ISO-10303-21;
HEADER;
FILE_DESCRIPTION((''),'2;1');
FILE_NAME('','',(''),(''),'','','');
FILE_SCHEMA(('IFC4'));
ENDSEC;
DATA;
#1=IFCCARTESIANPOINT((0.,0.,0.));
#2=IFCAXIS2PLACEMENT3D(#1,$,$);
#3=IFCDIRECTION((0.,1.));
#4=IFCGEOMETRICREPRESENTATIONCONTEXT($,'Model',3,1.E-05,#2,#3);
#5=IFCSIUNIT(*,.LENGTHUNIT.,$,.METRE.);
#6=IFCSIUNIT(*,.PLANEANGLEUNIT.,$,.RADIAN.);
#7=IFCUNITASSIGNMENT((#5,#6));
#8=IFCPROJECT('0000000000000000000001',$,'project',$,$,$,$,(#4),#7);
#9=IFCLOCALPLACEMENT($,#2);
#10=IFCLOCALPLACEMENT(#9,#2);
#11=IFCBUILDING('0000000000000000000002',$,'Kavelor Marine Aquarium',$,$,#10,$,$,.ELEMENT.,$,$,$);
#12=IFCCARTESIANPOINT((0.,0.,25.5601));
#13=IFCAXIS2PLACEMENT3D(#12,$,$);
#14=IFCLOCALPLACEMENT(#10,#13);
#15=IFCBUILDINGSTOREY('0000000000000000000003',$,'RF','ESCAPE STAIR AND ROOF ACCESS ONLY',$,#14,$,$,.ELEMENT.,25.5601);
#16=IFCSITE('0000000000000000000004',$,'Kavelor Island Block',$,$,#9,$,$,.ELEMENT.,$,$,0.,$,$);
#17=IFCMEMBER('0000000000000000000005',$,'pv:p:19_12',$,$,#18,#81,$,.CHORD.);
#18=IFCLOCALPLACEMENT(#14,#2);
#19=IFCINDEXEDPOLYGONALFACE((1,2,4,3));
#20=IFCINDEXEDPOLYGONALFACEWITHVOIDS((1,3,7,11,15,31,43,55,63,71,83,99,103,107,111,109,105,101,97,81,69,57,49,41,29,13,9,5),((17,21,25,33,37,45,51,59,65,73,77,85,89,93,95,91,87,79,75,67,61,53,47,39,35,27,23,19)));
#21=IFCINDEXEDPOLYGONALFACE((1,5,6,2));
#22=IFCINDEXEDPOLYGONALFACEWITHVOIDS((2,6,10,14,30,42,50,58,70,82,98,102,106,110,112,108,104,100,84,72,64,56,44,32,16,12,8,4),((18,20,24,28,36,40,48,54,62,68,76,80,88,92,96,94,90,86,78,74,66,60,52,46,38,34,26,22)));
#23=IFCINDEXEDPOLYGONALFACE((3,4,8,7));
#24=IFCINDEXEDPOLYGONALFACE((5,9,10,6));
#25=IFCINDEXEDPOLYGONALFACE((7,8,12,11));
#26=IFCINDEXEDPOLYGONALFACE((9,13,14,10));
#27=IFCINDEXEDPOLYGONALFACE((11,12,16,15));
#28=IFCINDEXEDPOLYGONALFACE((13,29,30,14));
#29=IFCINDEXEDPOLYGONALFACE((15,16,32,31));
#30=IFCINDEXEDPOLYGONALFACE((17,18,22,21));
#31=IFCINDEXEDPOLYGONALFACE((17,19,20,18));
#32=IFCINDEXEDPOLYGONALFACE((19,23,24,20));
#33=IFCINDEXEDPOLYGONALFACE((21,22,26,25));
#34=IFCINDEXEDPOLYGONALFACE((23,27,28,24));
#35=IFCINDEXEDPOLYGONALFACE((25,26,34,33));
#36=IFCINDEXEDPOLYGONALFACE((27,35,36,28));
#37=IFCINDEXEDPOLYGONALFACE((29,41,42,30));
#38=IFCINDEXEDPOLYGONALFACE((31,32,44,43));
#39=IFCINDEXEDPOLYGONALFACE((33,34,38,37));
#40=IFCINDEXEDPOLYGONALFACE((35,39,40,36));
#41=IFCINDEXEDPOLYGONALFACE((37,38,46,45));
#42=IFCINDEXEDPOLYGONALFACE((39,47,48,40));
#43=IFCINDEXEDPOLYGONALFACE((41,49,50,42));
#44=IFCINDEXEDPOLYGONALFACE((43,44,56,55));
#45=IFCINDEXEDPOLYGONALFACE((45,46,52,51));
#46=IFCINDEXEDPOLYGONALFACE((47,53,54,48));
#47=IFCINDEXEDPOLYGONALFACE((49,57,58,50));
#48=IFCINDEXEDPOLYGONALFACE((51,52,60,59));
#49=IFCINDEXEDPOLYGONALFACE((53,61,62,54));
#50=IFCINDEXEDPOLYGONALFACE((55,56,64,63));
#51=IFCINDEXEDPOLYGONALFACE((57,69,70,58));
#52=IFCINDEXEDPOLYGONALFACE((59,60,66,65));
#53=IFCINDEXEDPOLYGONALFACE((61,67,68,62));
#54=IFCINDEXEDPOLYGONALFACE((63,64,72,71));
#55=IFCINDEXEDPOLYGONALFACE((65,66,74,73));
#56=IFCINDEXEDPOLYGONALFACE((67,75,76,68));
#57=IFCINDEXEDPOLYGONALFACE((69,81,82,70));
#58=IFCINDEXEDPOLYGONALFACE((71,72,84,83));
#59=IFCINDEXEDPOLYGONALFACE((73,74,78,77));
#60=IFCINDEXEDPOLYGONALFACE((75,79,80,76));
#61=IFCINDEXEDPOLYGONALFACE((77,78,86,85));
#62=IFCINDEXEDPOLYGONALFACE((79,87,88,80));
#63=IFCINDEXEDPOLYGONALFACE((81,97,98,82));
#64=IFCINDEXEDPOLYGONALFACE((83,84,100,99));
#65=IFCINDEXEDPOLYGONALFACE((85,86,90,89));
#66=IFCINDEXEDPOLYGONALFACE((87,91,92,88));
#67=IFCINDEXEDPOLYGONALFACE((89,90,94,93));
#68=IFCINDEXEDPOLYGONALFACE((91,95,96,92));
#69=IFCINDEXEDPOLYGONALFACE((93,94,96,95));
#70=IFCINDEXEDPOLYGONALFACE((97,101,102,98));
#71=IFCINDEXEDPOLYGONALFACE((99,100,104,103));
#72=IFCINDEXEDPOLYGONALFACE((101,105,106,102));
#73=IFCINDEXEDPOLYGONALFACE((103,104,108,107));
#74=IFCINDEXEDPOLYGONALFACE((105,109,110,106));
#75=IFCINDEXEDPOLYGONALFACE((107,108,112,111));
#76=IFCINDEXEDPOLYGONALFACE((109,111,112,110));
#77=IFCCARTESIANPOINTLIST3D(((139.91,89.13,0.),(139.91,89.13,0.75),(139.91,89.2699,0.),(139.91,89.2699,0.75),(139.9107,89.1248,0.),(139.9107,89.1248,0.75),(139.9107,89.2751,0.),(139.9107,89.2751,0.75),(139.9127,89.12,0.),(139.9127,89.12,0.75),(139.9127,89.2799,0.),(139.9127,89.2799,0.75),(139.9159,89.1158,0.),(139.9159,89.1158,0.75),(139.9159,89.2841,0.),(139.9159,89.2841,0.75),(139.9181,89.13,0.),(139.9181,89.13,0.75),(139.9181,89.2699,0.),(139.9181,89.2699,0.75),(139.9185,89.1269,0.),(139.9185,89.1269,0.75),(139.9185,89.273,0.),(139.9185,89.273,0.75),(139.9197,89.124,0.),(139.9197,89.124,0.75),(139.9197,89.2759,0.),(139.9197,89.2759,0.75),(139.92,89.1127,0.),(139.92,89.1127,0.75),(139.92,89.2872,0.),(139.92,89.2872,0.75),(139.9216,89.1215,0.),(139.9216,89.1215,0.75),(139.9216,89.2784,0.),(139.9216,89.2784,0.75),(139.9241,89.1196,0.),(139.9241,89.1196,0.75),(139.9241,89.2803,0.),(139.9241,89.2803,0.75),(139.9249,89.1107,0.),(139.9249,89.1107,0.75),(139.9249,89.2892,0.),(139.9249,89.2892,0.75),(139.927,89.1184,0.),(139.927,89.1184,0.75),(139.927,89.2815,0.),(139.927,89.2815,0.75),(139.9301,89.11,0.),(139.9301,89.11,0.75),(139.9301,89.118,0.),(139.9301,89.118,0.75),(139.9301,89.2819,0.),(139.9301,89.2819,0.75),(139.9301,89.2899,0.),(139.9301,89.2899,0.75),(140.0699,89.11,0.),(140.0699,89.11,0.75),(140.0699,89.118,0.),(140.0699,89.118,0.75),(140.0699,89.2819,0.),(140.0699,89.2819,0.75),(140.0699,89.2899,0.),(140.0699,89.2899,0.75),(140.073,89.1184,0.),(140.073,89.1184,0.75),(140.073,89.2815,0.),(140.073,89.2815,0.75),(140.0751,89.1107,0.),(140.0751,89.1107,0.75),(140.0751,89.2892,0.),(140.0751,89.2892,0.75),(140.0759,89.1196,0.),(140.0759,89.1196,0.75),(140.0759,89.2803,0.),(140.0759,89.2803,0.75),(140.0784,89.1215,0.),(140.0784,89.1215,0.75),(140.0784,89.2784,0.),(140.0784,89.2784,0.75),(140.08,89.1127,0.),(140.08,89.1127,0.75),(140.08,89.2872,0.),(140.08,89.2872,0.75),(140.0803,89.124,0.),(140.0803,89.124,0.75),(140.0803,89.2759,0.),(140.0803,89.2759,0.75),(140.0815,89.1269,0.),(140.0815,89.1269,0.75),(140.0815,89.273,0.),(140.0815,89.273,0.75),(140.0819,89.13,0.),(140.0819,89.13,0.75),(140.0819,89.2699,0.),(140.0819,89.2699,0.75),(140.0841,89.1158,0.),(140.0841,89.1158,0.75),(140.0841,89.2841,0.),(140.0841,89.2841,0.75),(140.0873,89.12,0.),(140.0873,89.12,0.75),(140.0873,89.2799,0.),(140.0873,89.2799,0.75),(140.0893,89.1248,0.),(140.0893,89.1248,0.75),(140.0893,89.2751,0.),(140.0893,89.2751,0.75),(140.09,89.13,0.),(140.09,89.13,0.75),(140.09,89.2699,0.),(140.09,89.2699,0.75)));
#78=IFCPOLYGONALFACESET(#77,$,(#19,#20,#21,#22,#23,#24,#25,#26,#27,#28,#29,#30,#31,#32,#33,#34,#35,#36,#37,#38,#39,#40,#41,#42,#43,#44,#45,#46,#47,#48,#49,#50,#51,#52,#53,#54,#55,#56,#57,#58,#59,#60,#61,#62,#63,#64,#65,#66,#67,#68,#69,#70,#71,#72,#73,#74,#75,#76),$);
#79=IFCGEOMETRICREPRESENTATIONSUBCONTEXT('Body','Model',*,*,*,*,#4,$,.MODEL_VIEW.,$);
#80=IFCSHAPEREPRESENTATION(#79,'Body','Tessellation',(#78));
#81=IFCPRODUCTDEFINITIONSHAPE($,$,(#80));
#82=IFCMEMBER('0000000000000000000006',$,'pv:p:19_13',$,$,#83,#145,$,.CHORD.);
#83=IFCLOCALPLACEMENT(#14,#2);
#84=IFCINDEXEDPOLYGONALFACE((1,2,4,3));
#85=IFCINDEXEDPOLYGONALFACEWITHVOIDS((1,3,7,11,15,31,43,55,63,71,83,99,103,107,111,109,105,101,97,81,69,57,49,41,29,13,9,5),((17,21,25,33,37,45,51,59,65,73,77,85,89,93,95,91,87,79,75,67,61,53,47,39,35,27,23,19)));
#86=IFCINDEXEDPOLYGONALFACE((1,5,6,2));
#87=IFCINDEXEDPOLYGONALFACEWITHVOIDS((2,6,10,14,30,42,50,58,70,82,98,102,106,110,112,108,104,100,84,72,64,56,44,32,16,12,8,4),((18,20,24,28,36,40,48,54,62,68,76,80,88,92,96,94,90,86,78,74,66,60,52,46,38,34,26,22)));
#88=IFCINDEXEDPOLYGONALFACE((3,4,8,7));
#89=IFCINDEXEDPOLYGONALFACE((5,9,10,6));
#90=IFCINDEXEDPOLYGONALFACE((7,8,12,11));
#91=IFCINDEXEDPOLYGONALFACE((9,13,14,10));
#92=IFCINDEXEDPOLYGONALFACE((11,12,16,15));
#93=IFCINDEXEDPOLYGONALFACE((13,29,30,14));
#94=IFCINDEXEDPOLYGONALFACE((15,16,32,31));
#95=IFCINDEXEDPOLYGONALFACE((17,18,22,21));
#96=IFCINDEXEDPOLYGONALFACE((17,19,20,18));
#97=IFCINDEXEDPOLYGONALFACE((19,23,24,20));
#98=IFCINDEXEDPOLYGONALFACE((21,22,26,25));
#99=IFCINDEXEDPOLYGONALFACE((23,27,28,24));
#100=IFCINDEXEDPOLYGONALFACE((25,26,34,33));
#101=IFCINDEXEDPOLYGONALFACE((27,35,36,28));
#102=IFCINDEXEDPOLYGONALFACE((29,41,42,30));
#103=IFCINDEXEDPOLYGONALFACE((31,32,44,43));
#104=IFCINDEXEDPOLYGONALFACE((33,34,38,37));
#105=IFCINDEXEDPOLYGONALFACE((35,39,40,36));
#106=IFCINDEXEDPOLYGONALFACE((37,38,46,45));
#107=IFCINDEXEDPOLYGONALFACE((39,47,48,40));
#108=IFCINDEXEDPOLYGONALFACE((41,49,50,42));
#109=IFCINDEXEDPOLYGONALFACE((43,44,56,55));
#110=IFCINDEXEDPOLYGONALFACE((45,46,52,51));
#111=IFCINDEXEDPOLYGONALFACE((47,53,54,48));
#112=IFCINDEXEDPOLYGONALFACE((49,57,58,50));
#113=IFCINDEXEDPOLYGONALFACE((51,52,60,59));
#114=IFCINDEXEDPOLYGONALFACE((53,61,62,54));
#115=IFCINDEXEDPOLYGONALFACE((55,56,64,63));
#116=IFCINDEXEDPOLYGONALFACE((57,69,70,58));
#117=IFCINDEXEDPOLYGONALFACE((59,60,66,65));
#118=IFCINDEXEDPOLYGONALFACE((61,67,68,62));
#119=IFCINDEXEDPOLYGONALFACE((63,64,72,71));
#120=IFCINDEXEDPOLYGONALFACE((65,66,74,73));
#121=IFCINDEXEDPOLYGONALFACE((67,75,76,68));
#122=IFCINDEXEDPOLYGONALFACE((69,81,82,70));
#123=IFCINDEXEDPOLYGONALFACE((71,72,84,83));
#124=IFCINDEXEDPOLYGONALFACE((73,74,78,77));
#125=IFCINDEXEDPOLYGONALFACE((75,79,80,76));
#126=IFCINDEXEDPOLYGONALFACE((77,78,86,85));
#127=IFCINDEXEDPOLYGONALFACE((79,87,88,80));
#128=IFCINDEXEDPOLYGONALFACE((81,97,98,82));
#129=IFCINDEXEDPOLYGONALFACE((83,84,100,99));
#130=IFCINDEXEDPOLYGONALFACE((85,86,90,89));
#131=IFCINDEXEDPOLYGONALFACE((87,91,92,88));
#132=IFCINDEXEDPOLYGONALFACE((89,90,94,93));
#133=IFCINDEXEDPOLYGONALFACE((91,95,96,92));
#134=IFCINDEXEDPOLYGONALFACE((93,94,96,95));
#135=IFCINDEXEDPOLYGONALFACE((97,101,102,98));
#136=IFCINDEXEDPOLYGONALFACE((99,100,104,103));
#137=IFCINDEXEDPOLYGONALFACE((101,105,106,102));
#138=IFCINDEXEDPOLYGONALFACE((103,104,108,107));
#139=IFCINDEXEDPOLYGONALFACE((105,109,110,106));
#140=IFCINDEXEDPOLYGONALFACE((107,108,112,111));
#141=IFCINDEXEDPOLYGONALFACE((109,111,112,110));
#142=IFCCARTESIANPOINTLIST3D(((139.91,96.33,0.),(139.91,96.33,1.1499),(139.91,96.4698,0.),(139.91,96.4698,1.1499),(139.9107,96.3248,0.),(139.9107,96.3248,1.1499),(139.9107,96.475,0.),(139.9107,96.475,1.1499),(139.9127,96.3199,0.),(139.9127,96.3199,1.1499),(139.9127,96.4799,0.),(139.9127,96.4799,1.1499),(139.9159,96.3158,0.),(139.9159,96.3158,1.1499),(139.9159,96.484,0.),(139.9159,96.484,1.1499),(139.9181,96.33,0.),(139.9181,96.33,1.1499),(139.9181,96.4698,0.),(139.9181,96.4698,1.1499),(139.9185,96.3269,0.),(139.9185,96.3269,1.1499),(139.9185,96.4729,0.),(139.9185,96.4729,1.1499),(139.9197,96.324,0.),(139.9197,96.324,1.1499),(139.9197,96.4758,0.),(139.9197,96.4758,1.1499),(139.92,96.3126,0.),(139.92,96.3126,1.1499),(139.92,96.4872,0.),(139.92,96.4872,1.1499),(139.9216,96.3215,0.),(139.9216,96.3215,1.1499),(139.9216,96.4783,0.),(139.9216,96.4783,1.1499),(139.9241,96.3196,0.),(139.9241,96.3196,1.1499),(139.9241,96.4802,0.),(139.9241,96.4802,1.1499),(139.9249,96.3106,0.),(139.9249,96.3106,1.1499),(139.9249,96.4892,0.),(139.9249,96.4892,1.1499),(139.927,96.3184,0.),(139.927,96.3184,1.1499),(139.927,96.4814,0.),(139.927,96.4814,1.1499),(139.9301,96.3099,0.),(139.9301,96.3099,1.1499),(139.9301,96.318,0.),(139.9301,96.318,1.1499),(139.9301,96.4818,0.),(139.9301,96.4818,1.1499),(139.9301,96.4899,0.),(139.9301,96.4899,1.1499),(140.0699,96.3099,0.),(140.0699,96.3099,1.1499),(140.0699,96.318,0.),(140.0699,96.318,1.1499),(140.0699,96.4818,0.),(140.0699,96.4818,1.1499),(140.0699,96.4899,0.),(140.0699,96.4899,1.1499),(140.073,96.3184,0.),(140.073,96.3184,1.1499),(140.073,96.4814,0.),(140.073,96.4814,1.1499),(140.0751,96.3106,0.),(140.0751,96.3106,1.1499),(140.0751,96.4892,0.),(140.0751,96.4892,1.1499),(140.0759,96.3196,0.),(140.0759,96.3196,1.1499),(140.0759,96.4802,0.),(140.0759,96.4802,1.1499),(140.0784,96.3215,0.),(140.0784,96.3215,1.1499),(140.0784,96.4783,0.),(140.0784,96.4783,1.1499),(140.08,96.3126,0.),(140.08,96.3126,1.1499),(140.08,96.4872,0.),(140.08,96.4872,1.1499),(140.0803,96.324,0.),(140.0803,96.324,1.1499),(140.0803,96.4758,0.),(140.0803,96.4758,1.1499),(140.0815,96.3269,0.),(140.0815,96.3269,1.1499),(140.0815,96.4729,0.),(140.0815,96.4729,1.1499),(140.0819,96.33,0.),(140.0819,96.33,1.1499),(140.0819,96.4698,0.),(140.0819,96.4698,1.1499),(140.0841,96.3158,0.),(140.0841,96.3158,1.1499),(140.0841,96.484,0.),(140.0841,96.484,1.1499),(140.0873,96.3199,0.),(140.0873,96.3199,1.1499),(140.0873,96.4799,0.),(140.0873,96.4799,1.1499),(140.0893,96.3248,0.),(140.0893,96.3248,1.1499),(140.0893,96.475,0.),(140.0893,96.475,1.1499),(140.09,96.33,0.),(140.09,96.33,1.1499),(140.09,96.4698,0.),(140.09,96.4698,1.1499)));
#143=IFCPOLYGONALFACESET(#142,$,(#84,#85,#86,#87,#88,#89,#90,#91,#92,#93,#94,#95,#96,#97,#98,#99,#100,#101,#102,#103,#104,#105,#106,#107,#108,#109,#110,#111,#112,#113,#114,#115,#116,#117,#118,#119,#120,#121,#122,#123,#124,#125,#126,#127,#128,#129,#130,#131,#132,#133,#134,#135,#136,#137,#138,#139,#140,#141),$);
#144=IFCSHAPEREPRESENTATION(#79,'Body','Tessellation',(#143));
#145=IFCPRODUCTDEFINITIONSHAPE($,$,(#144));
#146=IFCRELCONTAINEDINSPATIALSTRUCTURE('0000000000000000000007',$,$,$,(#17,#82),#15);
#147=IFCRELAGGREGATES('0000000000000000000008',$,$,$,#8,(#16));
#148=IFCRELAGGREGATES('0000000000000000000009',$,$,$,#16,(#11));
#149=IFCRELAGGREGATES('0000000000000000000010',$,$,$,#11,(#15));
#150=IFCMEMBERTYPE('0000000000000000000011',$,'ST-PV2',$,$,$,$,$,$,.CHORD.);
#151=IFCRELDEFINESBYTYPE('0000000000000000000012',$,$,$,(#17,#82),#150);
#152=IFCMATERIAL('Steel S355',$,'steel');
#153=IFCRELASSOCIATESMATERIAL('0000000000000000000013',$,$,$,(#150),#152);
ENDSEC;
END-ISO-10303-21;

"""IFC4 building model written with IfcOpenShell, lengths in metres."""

from ifc_helpers import new_model, si_unit, direction, frame, origin, origin_2d, place, context, subcontext, project, spatial, hollow_rectangle, extrude, material, material_profile, profile_set, type_object, element, save


model = new_model("IFC4")

# Units and contexts
model_context = context("Model", 3, precision=1e-05, world=origin(), true_north=direction((0.0, 1.0)))
body_context = subcontext(model_context, "Body", "Model", "MODEL_VIEW")
ifc_project = project(units=[si_unit("LENGTHUNIT", "METRE"), si_unit("PLANEANGLEUNIT", "RADIAN")], contexts=[model_context])

# Site, building, storey
site_placement = place(None, origin())
site = spatial("IfcSite", under=ifc_project, at=site_placement, Name="Kavelor Island Block", CompositionType="ELEMENT", RefElevation=0.0)
building_placement = place(site_placement, origin())
building = spatial("IfcBuilding", under=site, at=building_placement, Name="Kavelor Marine Aquarium", CompositionType="ELEMENT")
storey_placement = place(building_placement, frame((0.0, 0.0, 25.5601)))
storey = spatial("IfcBuildingStorey", under=building, at=storey_placement, Name="RF", Description="ESCAPE STAIR AND ROOF ACCESS ONLY", CompositionType="ELEMENT", Elevation=25.5601)

# Members
ifc_material_1 = material(Name="Steel S355", Category="steel")
ifc_material_profile_1 = material_profile(ifc_material_1, hollow_rectangle(XDim=0.1799, YDim=0.1799, WallThickness=0.0081, InnerFilletRadius=0.012, OuterFilletRadius=0.02, at=origin_2d()), Name="SHS 180x180x8.0")
ifc_profile_set_1 = profile_set([ifc_material_profile_1], Name="Steel S355")
member_type_1 = type_object("IfcMemberType", Name="ST-PV2", PredefinedType="CHORD", material=ifc_profile_set_1)
for number, where, z_axis, x_axis, name in (
    (1, (140.0, 89.2, 0.0), (0.0, 0.0, 1.0), (1.0, 0.0, 0.0), "pv:p:19_12"),
):
    element("IfcMember", number, at=place(storey_placement, frame(where, z_axis=z_axis, x_axis=x_axis)), inside=storey, type_object=member_type_1, Name=name, PredefinedType="CHORD", context=body_context, shape_type="SweptSolid", body=[
        extrude(hollow_rectangle(XDim=0.1799, YDim=0.1799, WallThickness=0.0081, InnerFilletRadius=0.012, OuterFilletRadius=0.02, at=origin_2d()), origin(), (0.0, 0.0, 1.0), 0.75),
    ])
member_1_placement = place(storey_placement, frame((140.0, 96.3999, 0.0), z_axis=(0.0, 0.0, 1.0), x_axis=(1.0, 0.0, 0.0)))
element("IfcMember", 2, at=member_1_placement, inside=storey, type_object=member_type_1, Name="pv:p:19_13", PredefinedType="CHORD", context=body_context, shape_type="SweptSolid", body=[
    extrude(hollow_rectangle(XDim=0.1799, YDim=0.1799, WallThickness=0.0081, InnerFilletRadius=0.012, OuterFilletRadius=0.02, at=origin_2d()), origin(), (0.0, 0.0, 1.0), 1.1499),
])

save(model, "model.ifc")
